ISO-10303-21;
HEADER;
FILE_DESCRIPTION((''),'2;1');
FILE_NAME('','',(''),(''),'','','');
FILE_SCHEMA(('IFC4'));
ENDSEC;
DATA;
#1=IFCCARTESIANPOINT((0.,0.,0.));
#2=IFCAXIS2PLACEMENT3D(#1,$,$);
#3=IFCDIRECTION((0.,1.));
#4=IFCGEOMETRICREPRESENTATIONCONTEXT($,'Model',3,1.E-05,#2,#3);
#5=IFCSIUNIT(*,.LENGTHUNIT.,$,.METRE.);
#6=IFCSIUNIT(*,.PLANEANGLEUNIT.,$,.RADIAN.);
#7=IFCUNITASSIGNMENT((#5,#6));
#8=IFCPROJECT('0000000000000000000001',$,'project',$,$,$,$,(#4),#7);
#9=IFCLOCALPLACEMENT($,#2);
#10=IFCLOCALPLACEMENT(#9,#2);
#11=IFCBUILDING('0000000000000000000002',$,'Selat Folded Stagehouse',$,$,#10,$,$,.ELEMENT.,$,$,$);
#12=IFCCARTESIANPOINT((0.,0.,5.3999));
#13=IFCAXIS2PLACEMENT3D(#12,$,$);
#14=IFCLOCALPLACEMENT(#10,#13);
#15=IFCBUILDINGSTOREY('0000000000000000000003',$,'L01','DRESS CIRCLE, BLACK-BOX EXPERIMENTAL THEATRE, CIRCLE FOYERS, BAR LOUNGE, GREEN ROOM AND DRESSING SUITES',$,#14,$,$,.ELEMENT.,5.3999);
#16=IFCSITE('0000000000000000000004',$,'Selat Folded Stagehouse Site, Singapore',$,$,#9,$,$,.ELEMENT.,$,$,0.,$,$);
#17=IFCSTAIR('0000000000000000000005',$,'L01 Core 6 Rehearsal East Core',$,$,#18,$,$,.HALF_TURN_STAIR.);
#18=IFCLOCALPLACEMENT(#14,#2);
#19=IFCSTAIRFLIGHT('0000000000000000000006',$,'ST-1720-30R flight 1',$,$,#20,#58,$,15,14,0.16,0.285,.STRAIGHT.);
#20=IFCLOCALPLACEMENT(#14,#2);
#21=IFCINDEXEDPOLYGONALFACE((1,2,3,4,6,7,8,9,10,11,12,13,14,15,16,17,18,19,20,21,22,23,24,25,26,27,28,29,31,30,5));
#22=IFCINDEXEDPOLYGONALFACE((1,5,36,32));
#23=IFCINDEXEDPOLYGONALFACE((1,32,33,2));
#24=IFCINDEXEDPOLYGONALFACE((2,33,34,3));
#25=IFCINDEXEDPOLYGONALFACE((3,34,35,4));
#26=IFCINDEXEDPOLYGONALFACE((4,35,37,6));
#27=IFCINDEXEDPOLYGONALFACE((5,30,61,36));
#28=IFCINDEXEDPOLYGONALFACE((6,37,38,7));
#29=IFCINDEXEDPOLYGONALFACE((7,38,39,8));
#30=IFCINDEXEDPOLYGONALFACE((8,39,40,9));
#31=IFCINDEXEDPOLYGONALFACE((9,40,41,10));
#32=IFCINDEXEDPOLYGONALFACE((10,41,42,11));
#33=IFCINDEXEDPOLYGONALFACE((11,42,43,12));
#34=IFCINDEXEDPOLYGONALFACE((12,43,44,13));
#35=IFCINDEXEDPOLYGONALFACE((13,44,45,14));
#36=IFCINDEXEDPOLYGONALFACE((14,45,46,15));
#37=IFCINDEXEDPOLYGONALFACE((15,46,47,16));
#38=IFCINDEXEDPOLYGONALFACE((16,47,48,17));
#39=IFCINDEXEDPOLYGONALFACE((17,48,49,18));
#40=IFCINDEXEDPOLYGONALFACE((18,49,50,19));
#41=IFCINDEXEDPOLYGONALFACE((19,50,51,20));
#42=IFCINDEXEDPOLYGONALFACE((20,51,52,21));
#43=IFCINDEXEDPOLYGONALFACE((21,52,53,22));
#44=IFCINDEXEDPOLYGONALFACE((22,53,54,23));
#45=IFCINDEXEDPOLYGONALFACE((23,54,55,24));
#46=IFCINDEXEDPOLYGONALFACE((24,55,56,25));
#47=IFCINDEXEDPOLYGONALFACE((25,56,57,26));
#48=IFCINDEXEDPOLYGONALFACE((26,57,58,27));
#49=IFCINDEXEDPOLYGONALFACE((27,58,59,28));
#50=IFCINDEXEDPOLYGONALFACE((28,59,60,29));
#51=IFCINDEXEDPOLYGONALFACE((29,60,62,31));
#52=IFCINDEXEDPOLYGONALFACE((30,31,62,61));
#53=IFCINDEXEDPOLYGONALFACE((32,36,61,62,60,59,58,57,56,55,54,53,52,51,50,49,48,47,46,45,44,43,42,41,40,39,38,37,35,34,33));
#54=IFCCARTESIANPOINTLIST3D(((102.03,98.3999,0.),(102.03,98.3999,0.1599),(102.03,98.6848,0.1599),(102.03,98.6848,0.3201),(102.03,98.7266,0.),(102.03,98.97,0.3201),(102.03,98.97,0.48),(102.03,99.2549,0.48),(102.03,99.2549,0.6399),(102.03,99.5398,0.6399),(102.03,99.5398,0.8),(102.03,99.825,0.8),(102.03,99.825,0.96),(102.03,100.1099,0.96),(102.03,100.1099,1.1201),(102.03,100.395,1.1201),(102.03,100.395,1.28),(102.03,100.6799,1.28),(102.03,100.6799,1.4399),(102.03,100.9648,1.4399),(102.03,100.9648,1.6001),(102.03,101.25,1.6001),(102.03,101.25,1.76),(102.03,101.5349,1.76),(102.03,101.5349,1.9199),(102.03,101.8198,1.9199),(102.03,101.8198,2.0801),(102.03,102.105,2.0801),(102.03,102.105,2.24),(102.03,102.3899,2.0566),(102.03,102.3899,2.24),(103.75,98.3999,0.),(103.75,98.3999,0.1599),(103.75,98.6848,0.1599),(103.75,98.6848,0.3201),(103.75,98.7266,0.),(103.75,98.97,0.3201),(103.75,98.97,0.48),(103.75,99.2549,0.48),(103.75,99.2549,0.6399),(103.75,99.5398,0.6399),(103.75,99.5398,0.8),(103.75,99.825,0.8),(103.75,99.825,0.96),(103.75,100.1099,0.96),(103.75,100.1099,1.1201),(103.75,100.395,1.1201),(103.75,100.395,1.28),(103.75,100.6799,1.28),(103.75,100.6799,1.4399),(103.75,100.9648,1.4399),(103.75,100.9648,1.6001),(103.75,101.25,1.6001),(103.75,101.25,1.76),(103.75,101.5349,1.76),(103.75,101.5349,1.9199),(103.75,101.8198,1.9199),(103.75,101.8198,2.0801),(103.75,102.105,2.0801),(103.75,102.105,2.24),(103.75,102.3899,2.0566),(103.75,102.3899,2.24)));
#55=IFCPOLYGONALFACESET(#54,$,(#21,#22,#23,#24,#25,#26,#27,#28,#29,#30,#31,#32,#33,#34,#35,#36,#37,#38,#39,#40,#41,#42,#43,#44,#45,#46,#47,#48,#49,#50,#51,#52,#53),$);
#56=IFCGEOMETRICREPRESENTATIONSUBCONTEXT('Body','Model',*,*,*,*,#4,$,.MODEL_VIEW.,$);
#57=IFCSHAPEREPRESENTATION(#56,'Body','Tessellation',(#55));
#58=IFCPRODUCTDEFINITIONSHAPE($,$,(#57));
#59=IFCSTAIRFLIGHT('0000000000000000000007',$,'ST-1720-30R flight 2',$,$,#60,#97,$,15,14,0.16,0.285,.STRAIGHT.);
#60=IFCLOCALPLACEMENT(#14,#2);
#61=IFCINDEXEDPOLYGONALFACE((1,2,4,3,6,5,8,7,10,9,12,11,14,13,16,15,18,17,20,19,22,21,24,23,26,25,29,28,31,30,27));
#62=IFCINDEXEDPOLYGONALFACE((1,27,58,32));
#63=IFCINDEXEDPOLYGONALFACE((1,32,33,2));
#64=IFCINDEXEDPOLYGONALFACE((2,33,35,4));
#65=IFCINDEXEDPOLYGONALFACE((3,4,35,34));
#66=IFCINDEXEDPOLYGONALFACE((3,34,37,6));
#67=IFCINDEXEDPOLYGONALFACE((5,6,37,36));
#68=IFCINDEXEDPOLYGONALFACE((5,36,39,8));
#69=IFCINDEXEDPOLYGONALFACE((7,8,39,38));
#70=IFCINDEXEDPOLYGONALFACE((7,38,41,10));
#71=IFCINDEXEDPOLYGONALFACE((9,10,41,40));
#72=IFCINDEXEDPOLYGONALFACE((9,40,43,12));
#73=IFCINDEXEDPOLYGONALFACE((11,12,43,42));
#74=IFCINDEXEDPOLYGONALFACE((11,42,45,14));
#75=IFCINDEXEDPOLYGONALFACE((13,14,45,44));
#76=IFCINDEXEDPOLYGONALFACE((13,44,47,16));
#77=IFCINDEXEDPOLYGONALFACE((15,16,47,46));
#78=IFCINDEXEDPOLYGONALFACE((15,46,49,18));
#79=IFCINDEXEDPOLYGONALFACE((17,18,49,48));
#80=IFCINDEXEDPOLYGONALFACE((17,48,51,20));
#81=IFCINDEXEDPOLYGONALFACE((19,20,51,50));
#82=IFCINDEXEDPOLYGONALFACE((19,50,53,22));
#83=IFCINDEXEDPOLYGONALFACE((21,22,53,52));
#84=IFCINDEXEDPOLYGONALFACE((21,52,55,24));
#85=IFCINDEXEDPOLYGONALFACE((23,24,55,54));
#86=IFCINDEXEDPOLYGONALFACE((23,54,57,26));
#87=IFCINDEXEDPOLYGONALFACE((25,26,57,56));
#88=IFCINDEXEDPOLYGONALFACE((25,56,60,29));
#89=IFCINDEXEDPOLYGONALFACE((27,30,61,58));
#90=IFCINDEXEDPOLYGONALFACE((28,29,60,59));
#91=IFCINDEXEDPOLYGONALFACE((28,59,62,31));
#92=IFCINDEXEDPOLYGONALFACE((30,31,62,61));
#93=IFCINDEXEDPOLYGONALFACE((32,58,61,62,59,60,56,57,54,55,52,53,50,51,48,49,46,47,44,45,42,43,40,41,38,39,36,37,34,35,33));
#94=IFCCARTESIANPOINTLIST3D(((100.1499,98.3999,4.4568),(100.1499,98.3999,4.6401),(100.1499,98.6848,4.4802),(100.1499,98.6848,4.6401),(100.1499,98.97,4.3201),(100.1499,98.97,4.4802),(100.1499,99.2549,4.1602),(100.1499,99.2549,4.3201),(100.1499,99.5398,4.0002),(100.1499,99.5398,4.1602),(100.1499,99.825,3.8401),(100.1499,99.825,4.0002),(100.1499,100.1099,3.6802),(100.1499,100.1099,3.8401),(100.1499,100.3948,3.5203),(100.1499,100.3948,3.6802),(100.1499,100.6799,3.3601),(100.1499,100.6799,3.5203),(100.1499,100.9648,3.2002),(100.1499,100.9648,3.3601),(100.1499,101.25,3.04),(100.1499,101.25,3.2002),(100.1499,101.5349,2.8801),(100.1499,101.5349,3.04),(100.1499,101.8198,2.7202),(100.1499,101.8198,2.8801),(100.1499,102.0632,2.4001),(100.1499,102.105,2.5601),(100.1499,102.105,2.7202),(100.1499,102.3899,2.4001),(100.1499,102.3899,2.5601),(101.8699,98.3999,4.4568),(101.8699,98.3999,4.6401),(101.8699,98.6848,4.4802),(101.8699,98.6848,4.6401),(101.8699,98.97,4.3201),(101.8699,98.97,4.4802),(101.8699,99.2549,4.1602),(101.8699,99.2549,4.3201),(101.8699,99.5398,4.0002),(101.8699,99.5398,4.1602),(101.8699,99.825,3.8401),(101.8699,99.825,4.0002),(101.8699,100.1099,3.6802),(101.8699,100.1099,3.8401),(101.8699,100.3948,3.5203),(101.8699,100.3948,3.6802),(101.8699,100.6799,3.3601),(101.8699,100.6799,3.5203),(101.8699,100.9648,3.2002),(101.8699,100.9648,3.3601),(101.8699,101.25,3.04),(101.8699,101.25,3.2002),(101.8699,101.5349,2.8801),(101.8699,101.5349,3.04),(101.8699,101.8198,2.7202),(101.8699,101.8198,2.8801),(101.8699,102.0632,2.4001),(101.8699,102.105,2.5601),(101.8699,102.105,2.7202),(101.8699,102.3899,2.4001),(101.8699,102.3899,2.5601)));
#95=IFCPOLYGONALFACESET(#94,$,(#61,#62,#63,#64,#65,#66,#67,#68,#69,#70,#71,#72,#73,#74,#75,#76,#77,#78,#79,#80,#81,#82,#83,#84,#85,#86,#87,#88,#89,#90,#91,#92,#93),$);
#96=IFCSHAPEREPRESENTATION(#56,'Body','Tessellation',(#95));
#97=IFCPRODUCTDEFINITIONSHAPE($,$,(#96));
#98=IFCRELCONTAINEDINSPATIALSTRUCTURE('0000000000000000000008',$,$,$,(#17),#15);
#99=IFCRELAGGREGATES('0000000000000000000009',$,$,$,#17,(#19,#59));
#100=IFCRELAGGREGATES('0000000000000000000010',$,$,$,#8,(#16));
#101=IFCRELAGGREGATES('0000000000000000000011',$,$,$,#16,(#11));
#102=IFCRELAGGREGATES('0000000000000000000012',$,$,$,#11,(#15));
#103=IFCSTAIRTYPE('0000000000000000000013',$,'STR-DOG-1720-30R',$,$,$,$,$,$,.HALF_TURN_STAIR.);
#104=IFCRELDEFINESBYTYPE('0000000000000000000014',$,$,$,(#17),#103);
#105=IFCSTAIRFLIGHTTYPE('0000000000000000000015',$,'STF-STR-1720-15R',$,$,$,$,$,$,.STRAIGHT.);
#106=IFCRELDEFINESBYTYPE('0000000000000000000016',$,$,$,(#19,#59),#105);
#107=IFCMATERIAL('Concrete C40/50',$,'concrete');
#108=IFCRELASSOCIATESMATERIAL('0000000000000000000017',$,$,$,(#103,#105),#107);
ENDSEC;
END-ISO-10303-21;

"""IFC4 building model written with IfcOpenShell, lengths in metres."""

from ifc_helpers import new_model, si_unit, direction, frame, origin, place, context, subcontext, project, spatial, polyline, outline, extrude, material, type_object, element, aggregate, save


model = new_model("IFC4")

# Units and contexts
model_context = context("Model", 3, precision=1e-05, world=origin(), true_north=direction((0.0, 1.0)))
body_context = subcontext(model_context, "Body", "Model", "MODEL_VIEW")
ifc_project = project(units=[si_unit("LENGTHUNIT", "METRE"), si_unit("PLANEANGLEUNIT", "RADIAN")], contexts=[model_context])

# Site, building, storey
site_placement = place(None, origin())
site = spatial("IfcSite", under=ifc_project, at=site_placement, Name="Selat Folded Stagehouse Site, Singapore", CompositionType="ELEMENT", RefElevation=0.0)
building_placement = place(site_placement, origin())
building = spatial("IfcBuilding", under=site, at=building_placement, Name="Selat Folded Stagehouse", CompositionType="ELEMENT")
storey_placement = place(building_placement, frame((0.0, 0.0, 5.3999)))
storey = spatial("IfcBuildingStorey", under=building, at=storey_placement, Name="L01", Description="DRESS CIRCLE, BLACK-BOX EXPERIMENTAL THEATRE, CIRCLE FOYERS, BAR LOUNGE, GREEN ROOM AND DRESSING SUITES", CompositionType="ELEMENT", Elevation=5.3999)

# Stair, stair flights
ifc_material_1 = material(Name="Concrete C40/50", Category="concrete")
stair_type = type_object("IfcStairType", Name="STR-DOG-1720-30R", PredefinedType="HALF_TURN_STAIR", material=ifc_material_1)
stair_placement = place(storey_placement, origin())
stair = element("IfcStair", 1, at=stair_placement, inside=storey, type_object=stair_type, Name="L01 Core 6 Rehearsal East Core", PredefinedType="HALF_TURN_STAIR")
stair_flight_type = type_object("IfcStairFlightType", Name="STF-STR-1720-15R", PredefinedType="STRAIGHT", material=ifc_material_1)
stair_flight_1_placement = place(storey_placement, frame((102.8899, 98.3999, 0.0), z_axis=(0.0, 0.0, 1.0), x_axis=(0.0, 1.0, 0.0)))
stair_flight_1 = element("IfcStairFlight", 2, at=stair_flight_1_placement, type_object=stair_flight_type, Name="ST-1720-30R flight 1", NumberOfRisers=15, NumberOfTreads=14, PredefinedType="STRAIGHT", RiserHeight=0.16, TreadLength=0.285, context=body_context, shape_type="SweptSolid", body=[
    extrude(outline(polyline([(0.0, 0.0), (0.0, 0.1599), (0.2849, 0.1599), (0.2849, 0.3201), (0.5701, 0.3201), (0.5701, 0.48), (0.855, 0.48), (0.855, 0.6399), (1.1399, 0.6399), (1.1399, 0.8), (1.425, 0.8), (1.425, 0.96), (1.71, 0.96), (1.71, 1.1201), (1.9951, 1.1201), (1.9951, 1.28), (2.28, 1.28), (2.28, 1.4399), (2.5649, 1.4399), (2.5649, 1.6001), (2.8501, 1.6001), (2.8501, 1.76), (3.135, 1.76), (3.135, 1.9199), (3.4199, 1.9199), (3.4199, 2.0801), (3.7051, 2.0801), (3.7051, 2.24), (3.99, 2.24), (3.99, 2.3999), (3.99, 2.0566), (0.3267, 0.0), (0.0, 0.0)])), frame((0.0, 0.8599, 0.0), z_axis=(0.0, -1.0, 0.0), x_axis=(1.0, 0.0, 0.0)), (0.0, 0.0, 1.0), 1.72),
])
stair_flight_2_placement = place(storey_placement, frame((101.01, 102.3899, 2.4001), z_axis=(0.0, 0.0, 1.0), x_axis=(0.0, -1.0, 0.0)))
stair_flight_2 = element("IfcStairFlight", 3, at=stair_flight_2_placement, type_object=stair_flight_type, Name="ST-1720-30R flight 2", NumberOfRisers=15, NumberOfTreads=14, PredefinedType="STRAIGHT", RiserHeight=0.16, TreadLength=0.285, context=body_context, shape_type="SweptSolid", body=[
    extrude(outline(polyline([(0.0, 0.0), (0.0, 0.1599), (0.2849, 0.1599), (0.2849, 0.3201), (0.5701, 0.3201), (0.5701, 0.48), (0.855, 0.48), (0.855, 0.6399), (1.1399, 0.6399), (1.1399, 0.8), (1.425, 0.8), (1.425, 0.96), (1.71, 0.96), (1.71, 1.1201), (1.9951, 1.1201), (1.9951, 1.28), (2.28, 1.28), (2.28, 1.4399), (2.5649, 1.4399), (2.5649, 1.6001), (2.8501, 1.6001), (2.8501, 1.76), (3.135, 1.76), (3.135, 1.9199), (3.4199, 1.9199), (3.4199, 2.0801), (3.7051, 2.0801), (3.7051, 2.24), (3.99, 2.24), (3.99, 2.3999), (3.99, 2.0566), (0.3267, 0.0), (0.0, 0.0)])), frame((0.0, 0.8599, 0.0), z_axis=(0.0, -1.0, 0.0), x_axis=(1.0, 0.0, 0.0)), (0.0, 0.0, 1.0), 1.72),
])
aggregate(stair, [stair_flight_1, stair_flight_2])

save(model, "model.ifc")
